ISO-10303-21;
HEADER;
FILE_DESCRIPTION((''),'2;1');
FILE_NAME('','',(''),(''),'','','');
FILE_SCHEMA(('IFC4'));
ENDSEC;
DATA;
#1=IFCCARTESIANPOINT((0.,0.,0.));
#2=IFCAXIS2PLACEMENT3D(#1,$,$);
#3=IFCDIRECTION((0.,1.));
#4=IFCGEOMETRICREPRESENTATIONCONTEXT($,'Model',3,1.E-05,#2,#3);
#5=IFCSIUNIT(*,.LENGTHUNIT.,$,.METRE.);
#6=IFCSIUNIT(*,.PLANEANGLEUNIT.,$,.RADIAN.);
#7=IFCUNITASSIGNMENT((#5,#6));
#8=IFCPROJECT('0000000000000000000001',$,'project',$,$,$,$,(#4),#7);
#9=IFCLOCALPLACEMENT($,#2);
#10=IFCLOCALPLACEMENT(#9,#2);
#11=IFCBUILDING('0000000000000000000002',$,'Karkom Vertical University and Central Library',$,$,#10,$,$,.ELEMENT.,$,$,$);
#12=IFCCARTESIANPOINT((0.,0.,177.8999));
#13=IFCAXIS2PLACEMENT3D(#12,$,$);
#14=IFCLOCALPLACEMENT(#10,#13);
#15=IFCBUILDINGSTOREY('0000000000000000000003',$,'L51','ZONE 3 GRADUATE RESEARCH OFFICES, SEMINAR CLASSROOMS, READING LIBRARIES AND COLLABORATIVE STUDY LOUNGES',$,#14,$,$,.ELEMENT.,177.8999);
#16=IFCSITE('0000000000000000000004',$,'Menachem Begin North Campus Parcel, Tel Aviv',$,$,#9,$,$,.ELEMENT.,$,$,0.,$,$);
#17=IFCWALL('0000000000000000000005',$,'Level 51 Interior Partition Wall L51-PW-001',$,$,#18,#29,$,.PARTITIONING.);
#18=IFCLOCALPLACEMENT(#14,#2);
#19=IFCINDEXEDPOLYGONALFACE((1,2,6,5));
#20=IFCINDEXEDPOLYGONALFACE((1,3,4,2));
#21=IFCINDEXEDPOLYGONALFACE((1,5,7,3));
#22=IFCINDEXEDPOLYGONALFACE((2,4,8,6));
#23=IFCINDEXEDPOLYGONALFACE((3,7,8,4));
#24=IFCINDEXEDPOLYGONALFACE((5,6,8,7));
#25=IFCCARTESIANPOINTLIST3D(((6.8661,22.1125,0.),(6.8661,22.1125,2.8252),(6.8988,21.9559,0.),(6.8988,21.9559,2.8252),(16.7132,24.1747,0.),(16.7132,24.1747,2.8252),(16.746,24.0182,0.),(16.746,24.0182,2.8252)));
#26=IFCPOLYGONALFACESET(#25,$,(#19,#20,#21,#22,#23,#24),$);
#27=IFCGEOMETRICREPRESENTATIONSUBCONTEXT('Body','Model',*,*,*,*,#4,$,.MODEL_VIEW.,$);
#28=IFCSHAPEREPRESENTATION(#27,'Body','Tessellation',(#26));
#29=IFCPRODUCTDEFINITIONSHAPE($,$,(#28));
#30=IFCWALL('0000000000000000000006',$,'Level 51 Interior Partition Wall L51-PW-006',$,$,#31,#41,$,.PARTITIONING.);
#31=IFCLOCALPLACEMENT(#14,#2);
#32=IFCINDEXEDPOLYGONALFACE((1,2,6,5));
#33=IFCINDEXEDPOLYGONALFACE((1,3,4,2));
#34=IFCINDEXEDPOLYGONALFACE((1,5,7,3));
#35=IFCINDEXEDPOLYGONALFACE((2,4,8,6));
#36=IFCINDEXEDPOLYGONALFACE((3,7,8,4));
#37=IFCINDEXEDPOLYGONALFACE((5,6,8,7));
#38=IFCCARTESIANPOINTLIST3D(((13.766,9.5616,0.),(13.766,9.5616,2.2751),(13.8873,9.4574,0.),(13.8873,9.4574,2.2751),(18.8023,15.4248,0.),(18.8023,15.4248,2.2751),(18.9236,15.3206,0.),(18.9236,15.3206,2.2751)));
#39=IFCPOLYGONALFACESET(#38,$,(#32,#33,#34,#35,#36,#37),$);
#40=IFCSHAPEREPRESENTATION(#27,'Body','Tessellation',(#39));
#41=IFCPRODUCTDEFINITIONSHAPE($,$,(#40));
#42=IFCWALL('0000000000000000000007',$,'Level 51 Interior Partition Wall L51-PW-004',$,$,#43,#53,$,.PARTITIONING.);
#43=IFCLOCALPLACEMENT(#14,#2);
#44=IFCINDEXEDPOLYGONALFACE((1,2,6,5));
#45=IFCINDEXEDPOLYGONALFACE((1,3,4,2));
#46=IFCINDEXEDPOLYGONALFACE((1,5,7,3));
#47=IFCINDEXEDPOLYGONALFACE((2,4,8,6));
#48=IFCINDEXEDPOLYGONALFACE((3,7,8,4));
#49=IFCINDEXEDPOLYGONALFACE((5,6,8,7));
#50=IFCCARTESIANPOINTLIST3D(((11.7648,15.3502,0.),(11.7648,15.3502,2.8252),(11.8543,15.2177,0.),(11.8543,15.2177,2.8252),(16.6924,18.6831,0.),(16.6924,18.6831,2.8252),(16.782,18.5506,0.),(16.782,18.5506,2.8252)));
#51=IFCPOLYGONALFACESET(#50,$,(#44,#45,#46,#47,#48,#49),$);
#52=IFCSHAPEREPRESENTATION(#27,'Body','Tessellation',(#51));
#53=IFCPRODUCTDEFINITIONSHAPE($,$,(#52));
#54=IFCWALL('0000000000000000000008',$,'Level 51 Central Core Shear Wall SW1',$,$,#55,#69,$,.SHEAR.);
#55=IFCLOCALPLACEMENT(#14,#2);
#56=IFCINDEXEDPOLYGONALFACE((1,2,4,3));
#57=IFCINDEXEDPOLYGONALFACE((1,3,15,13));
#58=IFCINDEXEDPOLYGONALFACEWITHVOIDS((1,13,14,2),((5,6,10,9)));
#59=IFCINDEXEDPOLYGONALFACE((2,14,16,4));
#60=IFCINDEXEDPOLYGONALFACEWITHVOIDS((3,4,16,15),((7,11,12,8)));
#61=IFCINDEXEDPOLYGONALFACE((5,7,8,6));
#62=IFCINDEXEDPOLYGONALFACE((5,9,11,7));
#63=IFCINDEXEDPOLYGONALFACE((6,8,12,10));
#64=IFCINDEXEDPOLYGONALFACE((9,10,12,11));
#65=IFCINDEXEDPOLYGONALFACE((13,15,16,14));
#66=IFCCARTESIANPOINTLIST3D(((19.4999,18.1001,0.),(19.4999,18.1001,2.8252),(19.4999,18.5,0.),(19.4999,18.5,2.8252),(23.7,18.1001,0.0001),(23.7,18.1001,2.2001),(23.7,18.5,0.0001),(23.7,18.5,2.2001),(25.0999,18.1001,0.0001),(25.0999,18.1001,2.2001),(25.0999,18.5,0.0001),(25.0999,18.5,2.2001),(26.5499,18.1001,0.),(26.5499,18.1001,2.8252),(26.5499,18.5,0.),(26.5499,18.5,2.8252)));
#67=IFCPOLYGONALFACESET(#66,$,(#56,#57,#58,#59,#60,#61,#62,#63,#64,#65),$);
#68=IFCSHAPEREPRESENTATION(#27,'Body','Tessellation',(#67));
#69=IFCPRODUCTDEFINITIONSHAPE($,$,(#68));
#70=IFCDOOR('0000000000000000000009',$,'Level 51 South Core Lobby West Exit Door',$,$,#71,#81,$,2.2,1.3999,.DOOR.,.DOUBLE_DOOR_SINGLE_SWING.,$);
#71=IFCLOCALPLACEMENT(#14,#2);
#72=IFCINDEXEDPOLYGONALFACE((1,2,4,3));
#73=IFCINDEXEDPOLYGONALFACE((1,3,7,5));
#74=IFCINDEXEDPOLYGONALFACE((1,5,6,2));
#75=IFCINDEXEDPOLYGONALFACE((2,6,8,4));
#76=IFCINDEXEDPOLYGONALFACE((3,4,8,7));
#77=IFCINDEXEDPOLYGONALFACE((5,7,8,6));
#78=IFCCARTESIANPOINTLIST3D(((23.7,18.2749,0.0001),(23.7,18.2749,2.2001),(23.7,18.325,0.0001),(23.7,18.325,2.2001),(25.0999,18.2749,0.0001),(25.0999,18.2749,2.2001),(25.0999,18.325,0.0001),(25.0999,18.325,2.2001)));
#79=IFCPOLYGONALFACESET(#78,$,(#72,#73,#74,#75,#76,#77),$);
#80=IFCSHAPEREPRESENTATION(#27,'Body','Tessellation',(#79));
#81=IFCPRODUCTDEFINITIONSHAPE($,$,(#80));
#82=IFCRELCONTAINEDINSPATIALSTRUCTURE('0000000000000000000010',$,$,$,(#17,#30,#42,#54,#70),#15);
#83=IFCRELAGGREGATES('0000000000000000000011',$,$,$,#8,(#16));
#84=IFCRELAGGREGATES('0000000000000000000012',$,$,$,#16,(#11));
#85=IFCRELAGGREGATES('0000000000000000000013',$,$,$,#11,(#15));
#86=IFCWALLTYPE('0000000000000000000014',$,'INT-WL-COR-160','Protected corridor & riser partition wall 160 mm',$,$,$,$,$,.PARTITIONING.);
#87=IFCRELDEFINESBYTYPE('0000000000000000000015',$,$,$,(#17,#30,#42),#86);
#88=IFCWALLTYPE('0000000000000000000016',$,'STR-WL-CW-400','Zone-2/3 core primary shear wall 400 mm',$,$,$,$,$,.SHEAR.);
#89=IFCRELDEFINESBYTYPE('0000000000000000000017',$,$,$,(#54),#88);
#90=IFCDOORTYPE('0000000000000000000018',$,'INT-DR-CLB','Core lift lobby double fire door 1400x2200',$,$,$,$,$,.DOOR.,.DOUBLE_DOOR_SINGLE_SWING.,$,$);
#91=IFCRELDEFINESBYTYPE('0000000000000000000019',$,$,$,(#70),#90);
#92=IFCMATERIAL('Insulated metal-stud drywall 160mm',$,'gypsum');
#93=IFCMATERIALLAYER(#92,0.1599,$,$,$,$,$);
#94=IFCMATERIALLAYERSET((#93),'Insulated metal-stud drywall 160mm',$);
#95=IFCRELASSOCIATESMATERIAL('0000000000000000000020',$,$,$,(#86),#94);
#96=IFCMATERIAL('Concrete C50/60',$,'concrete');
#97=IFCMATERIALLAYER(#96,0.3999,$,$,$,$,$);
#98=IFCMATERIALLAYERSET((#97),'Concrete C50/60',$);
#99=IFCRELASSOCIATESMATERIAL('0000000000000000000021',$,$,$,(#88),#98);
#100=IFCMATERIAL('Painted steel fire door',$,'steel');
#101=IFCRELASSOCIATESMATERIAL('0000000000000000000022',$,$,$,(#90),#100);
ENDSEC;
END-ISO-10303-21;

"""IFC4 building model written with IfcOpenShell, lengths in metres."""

from ifc_helpers import new_model, si_unit, direction, frame, frame_2d, origin, origin_with_axes, place, context, subcontext, project, spatial, rectangle, extrude, source, transform, mapped, material, layer, layer_set, type_object, element, fill, save


model = new_model("IFC4")

# Units and contexts
model_context = context("Model", 3, precision=1e-05, world=origin(), true_north=direction((0.0, 1.0)))
body_context = subcontext(model_context, "Body", "Model", "MODEL_VIEW")
ifc_project = project(units=[si_unit("LENGTHUNIT", "METRE"), si_unit("PLANEANGLEUNIT", "RADIAN")], contexts=[model_context])

# Site, building, storey
site_placement = place(None, origin())
site = spatial("IfcSite", under=ifc_project, at=site_placement, Name="Menachem Begin North Campus Parcel, Tel Aviv", CompositionType="ELEMENT", RefElevation=0.0)
building_placement = place(site_placement, origin())
building = spatial("IfcBuilding", under=site, at=building_placement, Name="Karkom Vertical University and Central Library", CompositionType="ELEMENT")
storey_placement = place(building_placement, frame((0.0, 0.0, 177.8999)))
storey = spatial("IfcBuildingStorey", under=building, at=storey_placement, Name="L51", Description="ZONE 3 GRADUATE RESEARCH OFFICES, SEMINAR CLASSROOMS, READING LIBRARIES AND COLLABORATIVE STUDY LOUNGES", CompositionType="ELEMENT", Elevation=177.8999)

# Shared definitions
ifc_material_1 = material(Name="Concrete C50/60", Category="concrete")

# Shared definitions
ifc_material_2 = material(Name="Insulated metal-stud drywall 160mm", Category="gypsum")
ifc_layer_1 = layer(ifc_material_2, 0.1599)
ifc_layer_set_1 = layer_set([ifc_layer_1], Name="Insulated metal-stud drywall 160mm")
wall_type_1 = type_object("IfcWallType", Name="INT-WL-COR-160", Description="Protected corridor & riser partition wall 160 mm", PredefinedType="PARTITIONING", material=ifc_layer_set_1)

# Walls
wall_1_placement = place(storey_placement, frame((16.7295, 24.0964, 0.0), z_axis=(0.0, 0.0, 1.0), x_axis=(-0.978766, -0.204979, 0.0)))
element("IfcWall", 1, at=wall_1_placement, inside=storey, type_object=wall_type_1, Name="Level 51 Interior Partition Wall L51-PW-001", PredefinedType="PARTITIONING", context=body_context, shape_type="SweptSolid", body=[
    extrude(rectangle(XDim=10.0608, YDim=0.1599, at=frame_2d((5.0303, 0.0))), origin(), (0.0, 0.0, 1.0), 2.8252),
])
wall_2_placement = place(storey_placement, frame((18.863, 15.3728, 0.0), z_axis=(0.0, 0.0, 1.0), x_axis=(-0.65159, -0.758572, 0.0)))
element("IfcWall", 2, at=wall_2_placement, inside=storey, type_object=wall_type_1, Name="Level 51 Interior Partition Wall L51-PW-006", PredefinedType="PARTITIONING", context=body_context, shape_type="SweptSolid", body=[
    extrude(rectangle(XDim=7.7292, YDim=0.1599, at=frame_2d((3.8647, 0.0))), origin(), (0.0, 0.0, 1.0), 2.2751),
])
wall_3_placement = place(storey_placement, frame((16.7373, 18.6169, 0.0), z_axis=(0.0, 0.0, 1.0), x_axis=(-0.828319, -0.560256, 0.0)))
element("IfcWall", 3, at=wall_3_placement, inside=storey, type_object=wall_type_1, Name="Level 51 Interior Partition Wall L51-PW-004", PredefinedType="PARTITIONING", context=body_context, shape_type="SweptSolid", body=[
    extrude(rectangle(XDim=5.949, YDim=0.1599, at=frame_2d((2.9746, 0.0))), origin(), (0.0, 0.0, 1.0), 2.8252),
])

# Wall, opening, door
ifc_layer_2 = layer(ifc_material_1, 0.3999)
ifc_layer_set_2 = layer_set([ifc_layer_2], Name="Concrete C50/60")
wall_type_2 = type_object("IfcWallType", Name="STR-WL-CW-400", Description="Zone-2/3 core primary shear wall 400 mm", PredefinedType="SHEAR", material=ifc_layer_set_2)
wall_4_placement = place(storey_placement, frame((19.5, 18.3, 0.0), z_axis=(0.0, 0.0, 1.0), x_axis=(1.0, 0.0, 0.0)))
wall_4 = element("IfcWall", 4, at=wall_4_placement, inside=storey, type_object=wall_type_2, Name="Level 51 Central Core Shear Wall SW1", PredefinedType="SHEAR", context=body_context, shape_type="SweptSolid", body=[
    extrude(rectangle(XDim=7.05, YDim=0.3999, at=frame_2d((3.5249, 0.0))), origin(), (0.0, 0.0, 1.0), 2.8252),
])
opening_1_placement = place(wall_4_placement, frame((4.2, 0.0, 0.0)))
opening_1 = element("IfcOpeningElement", 5, at=opening_1_placement, cuts=wall_4, PredefinedType="OPENING", context=body_context, shape_type="SweptSolid", body=[
    extrude(rectangle(XDim=1.3999, YDim=2.2, at=frame_2d((0.7, 1.1001))), frame((0.0, 0.21, 0.0), z_axis=(0.0, -1.0, 0.0), x_axis=(1.0, 0.0, 0.0)), (0.0, 0.0, 1.0), 0.4199),
])
ifc_material_3 = material(Name="Painted steel fire door", Category="steel")
door_type_1 = type_object("IfcDoorType", Name="INT-DR-CLB", Description="Core lift lobby double fire door 1400x2200", OperationType="DOUBLE_DOOR_SINGLE_SWING", PredefinedType="DOOR", material=ifc_material_3)
shared_shape_1 = source(origin_with_axes(), body_context, "Body", "SweptSolid", [
    extrude(rectangle(XDim=1.3999, YDim=2.2, at=frame_2d((0.7, 1.1001))), frame((0.0, 0.0249, 0.0), z_axis=(0.0, -1.0, 0.0), x_axis=(1.0, 0.0, 0.0)), (0.0, 0.0, 1.0), 0.05),
])
door_1_placement = place(opening_1_placement, origin())
door_1 = element("IfcDoor", 6, at=door_1_placement, inside=storey, type_object=door_type_1, Name="Level 51 South Core Lobby West Exit Door", OperationType="DOUBLE_DOOR_SINGLE_SWING", OverallHeight=2.2, OverallWidth=1.3999, PredefinedType="DOOR", context=body_context, shape_type="MappedRepresentation", body=[
    mapped(shared_shape_1, transform((0.0, 0.0, 0.0), scale=1.0)),
])
fill(opening_1, door_1)

save(model, "model.ifc")
